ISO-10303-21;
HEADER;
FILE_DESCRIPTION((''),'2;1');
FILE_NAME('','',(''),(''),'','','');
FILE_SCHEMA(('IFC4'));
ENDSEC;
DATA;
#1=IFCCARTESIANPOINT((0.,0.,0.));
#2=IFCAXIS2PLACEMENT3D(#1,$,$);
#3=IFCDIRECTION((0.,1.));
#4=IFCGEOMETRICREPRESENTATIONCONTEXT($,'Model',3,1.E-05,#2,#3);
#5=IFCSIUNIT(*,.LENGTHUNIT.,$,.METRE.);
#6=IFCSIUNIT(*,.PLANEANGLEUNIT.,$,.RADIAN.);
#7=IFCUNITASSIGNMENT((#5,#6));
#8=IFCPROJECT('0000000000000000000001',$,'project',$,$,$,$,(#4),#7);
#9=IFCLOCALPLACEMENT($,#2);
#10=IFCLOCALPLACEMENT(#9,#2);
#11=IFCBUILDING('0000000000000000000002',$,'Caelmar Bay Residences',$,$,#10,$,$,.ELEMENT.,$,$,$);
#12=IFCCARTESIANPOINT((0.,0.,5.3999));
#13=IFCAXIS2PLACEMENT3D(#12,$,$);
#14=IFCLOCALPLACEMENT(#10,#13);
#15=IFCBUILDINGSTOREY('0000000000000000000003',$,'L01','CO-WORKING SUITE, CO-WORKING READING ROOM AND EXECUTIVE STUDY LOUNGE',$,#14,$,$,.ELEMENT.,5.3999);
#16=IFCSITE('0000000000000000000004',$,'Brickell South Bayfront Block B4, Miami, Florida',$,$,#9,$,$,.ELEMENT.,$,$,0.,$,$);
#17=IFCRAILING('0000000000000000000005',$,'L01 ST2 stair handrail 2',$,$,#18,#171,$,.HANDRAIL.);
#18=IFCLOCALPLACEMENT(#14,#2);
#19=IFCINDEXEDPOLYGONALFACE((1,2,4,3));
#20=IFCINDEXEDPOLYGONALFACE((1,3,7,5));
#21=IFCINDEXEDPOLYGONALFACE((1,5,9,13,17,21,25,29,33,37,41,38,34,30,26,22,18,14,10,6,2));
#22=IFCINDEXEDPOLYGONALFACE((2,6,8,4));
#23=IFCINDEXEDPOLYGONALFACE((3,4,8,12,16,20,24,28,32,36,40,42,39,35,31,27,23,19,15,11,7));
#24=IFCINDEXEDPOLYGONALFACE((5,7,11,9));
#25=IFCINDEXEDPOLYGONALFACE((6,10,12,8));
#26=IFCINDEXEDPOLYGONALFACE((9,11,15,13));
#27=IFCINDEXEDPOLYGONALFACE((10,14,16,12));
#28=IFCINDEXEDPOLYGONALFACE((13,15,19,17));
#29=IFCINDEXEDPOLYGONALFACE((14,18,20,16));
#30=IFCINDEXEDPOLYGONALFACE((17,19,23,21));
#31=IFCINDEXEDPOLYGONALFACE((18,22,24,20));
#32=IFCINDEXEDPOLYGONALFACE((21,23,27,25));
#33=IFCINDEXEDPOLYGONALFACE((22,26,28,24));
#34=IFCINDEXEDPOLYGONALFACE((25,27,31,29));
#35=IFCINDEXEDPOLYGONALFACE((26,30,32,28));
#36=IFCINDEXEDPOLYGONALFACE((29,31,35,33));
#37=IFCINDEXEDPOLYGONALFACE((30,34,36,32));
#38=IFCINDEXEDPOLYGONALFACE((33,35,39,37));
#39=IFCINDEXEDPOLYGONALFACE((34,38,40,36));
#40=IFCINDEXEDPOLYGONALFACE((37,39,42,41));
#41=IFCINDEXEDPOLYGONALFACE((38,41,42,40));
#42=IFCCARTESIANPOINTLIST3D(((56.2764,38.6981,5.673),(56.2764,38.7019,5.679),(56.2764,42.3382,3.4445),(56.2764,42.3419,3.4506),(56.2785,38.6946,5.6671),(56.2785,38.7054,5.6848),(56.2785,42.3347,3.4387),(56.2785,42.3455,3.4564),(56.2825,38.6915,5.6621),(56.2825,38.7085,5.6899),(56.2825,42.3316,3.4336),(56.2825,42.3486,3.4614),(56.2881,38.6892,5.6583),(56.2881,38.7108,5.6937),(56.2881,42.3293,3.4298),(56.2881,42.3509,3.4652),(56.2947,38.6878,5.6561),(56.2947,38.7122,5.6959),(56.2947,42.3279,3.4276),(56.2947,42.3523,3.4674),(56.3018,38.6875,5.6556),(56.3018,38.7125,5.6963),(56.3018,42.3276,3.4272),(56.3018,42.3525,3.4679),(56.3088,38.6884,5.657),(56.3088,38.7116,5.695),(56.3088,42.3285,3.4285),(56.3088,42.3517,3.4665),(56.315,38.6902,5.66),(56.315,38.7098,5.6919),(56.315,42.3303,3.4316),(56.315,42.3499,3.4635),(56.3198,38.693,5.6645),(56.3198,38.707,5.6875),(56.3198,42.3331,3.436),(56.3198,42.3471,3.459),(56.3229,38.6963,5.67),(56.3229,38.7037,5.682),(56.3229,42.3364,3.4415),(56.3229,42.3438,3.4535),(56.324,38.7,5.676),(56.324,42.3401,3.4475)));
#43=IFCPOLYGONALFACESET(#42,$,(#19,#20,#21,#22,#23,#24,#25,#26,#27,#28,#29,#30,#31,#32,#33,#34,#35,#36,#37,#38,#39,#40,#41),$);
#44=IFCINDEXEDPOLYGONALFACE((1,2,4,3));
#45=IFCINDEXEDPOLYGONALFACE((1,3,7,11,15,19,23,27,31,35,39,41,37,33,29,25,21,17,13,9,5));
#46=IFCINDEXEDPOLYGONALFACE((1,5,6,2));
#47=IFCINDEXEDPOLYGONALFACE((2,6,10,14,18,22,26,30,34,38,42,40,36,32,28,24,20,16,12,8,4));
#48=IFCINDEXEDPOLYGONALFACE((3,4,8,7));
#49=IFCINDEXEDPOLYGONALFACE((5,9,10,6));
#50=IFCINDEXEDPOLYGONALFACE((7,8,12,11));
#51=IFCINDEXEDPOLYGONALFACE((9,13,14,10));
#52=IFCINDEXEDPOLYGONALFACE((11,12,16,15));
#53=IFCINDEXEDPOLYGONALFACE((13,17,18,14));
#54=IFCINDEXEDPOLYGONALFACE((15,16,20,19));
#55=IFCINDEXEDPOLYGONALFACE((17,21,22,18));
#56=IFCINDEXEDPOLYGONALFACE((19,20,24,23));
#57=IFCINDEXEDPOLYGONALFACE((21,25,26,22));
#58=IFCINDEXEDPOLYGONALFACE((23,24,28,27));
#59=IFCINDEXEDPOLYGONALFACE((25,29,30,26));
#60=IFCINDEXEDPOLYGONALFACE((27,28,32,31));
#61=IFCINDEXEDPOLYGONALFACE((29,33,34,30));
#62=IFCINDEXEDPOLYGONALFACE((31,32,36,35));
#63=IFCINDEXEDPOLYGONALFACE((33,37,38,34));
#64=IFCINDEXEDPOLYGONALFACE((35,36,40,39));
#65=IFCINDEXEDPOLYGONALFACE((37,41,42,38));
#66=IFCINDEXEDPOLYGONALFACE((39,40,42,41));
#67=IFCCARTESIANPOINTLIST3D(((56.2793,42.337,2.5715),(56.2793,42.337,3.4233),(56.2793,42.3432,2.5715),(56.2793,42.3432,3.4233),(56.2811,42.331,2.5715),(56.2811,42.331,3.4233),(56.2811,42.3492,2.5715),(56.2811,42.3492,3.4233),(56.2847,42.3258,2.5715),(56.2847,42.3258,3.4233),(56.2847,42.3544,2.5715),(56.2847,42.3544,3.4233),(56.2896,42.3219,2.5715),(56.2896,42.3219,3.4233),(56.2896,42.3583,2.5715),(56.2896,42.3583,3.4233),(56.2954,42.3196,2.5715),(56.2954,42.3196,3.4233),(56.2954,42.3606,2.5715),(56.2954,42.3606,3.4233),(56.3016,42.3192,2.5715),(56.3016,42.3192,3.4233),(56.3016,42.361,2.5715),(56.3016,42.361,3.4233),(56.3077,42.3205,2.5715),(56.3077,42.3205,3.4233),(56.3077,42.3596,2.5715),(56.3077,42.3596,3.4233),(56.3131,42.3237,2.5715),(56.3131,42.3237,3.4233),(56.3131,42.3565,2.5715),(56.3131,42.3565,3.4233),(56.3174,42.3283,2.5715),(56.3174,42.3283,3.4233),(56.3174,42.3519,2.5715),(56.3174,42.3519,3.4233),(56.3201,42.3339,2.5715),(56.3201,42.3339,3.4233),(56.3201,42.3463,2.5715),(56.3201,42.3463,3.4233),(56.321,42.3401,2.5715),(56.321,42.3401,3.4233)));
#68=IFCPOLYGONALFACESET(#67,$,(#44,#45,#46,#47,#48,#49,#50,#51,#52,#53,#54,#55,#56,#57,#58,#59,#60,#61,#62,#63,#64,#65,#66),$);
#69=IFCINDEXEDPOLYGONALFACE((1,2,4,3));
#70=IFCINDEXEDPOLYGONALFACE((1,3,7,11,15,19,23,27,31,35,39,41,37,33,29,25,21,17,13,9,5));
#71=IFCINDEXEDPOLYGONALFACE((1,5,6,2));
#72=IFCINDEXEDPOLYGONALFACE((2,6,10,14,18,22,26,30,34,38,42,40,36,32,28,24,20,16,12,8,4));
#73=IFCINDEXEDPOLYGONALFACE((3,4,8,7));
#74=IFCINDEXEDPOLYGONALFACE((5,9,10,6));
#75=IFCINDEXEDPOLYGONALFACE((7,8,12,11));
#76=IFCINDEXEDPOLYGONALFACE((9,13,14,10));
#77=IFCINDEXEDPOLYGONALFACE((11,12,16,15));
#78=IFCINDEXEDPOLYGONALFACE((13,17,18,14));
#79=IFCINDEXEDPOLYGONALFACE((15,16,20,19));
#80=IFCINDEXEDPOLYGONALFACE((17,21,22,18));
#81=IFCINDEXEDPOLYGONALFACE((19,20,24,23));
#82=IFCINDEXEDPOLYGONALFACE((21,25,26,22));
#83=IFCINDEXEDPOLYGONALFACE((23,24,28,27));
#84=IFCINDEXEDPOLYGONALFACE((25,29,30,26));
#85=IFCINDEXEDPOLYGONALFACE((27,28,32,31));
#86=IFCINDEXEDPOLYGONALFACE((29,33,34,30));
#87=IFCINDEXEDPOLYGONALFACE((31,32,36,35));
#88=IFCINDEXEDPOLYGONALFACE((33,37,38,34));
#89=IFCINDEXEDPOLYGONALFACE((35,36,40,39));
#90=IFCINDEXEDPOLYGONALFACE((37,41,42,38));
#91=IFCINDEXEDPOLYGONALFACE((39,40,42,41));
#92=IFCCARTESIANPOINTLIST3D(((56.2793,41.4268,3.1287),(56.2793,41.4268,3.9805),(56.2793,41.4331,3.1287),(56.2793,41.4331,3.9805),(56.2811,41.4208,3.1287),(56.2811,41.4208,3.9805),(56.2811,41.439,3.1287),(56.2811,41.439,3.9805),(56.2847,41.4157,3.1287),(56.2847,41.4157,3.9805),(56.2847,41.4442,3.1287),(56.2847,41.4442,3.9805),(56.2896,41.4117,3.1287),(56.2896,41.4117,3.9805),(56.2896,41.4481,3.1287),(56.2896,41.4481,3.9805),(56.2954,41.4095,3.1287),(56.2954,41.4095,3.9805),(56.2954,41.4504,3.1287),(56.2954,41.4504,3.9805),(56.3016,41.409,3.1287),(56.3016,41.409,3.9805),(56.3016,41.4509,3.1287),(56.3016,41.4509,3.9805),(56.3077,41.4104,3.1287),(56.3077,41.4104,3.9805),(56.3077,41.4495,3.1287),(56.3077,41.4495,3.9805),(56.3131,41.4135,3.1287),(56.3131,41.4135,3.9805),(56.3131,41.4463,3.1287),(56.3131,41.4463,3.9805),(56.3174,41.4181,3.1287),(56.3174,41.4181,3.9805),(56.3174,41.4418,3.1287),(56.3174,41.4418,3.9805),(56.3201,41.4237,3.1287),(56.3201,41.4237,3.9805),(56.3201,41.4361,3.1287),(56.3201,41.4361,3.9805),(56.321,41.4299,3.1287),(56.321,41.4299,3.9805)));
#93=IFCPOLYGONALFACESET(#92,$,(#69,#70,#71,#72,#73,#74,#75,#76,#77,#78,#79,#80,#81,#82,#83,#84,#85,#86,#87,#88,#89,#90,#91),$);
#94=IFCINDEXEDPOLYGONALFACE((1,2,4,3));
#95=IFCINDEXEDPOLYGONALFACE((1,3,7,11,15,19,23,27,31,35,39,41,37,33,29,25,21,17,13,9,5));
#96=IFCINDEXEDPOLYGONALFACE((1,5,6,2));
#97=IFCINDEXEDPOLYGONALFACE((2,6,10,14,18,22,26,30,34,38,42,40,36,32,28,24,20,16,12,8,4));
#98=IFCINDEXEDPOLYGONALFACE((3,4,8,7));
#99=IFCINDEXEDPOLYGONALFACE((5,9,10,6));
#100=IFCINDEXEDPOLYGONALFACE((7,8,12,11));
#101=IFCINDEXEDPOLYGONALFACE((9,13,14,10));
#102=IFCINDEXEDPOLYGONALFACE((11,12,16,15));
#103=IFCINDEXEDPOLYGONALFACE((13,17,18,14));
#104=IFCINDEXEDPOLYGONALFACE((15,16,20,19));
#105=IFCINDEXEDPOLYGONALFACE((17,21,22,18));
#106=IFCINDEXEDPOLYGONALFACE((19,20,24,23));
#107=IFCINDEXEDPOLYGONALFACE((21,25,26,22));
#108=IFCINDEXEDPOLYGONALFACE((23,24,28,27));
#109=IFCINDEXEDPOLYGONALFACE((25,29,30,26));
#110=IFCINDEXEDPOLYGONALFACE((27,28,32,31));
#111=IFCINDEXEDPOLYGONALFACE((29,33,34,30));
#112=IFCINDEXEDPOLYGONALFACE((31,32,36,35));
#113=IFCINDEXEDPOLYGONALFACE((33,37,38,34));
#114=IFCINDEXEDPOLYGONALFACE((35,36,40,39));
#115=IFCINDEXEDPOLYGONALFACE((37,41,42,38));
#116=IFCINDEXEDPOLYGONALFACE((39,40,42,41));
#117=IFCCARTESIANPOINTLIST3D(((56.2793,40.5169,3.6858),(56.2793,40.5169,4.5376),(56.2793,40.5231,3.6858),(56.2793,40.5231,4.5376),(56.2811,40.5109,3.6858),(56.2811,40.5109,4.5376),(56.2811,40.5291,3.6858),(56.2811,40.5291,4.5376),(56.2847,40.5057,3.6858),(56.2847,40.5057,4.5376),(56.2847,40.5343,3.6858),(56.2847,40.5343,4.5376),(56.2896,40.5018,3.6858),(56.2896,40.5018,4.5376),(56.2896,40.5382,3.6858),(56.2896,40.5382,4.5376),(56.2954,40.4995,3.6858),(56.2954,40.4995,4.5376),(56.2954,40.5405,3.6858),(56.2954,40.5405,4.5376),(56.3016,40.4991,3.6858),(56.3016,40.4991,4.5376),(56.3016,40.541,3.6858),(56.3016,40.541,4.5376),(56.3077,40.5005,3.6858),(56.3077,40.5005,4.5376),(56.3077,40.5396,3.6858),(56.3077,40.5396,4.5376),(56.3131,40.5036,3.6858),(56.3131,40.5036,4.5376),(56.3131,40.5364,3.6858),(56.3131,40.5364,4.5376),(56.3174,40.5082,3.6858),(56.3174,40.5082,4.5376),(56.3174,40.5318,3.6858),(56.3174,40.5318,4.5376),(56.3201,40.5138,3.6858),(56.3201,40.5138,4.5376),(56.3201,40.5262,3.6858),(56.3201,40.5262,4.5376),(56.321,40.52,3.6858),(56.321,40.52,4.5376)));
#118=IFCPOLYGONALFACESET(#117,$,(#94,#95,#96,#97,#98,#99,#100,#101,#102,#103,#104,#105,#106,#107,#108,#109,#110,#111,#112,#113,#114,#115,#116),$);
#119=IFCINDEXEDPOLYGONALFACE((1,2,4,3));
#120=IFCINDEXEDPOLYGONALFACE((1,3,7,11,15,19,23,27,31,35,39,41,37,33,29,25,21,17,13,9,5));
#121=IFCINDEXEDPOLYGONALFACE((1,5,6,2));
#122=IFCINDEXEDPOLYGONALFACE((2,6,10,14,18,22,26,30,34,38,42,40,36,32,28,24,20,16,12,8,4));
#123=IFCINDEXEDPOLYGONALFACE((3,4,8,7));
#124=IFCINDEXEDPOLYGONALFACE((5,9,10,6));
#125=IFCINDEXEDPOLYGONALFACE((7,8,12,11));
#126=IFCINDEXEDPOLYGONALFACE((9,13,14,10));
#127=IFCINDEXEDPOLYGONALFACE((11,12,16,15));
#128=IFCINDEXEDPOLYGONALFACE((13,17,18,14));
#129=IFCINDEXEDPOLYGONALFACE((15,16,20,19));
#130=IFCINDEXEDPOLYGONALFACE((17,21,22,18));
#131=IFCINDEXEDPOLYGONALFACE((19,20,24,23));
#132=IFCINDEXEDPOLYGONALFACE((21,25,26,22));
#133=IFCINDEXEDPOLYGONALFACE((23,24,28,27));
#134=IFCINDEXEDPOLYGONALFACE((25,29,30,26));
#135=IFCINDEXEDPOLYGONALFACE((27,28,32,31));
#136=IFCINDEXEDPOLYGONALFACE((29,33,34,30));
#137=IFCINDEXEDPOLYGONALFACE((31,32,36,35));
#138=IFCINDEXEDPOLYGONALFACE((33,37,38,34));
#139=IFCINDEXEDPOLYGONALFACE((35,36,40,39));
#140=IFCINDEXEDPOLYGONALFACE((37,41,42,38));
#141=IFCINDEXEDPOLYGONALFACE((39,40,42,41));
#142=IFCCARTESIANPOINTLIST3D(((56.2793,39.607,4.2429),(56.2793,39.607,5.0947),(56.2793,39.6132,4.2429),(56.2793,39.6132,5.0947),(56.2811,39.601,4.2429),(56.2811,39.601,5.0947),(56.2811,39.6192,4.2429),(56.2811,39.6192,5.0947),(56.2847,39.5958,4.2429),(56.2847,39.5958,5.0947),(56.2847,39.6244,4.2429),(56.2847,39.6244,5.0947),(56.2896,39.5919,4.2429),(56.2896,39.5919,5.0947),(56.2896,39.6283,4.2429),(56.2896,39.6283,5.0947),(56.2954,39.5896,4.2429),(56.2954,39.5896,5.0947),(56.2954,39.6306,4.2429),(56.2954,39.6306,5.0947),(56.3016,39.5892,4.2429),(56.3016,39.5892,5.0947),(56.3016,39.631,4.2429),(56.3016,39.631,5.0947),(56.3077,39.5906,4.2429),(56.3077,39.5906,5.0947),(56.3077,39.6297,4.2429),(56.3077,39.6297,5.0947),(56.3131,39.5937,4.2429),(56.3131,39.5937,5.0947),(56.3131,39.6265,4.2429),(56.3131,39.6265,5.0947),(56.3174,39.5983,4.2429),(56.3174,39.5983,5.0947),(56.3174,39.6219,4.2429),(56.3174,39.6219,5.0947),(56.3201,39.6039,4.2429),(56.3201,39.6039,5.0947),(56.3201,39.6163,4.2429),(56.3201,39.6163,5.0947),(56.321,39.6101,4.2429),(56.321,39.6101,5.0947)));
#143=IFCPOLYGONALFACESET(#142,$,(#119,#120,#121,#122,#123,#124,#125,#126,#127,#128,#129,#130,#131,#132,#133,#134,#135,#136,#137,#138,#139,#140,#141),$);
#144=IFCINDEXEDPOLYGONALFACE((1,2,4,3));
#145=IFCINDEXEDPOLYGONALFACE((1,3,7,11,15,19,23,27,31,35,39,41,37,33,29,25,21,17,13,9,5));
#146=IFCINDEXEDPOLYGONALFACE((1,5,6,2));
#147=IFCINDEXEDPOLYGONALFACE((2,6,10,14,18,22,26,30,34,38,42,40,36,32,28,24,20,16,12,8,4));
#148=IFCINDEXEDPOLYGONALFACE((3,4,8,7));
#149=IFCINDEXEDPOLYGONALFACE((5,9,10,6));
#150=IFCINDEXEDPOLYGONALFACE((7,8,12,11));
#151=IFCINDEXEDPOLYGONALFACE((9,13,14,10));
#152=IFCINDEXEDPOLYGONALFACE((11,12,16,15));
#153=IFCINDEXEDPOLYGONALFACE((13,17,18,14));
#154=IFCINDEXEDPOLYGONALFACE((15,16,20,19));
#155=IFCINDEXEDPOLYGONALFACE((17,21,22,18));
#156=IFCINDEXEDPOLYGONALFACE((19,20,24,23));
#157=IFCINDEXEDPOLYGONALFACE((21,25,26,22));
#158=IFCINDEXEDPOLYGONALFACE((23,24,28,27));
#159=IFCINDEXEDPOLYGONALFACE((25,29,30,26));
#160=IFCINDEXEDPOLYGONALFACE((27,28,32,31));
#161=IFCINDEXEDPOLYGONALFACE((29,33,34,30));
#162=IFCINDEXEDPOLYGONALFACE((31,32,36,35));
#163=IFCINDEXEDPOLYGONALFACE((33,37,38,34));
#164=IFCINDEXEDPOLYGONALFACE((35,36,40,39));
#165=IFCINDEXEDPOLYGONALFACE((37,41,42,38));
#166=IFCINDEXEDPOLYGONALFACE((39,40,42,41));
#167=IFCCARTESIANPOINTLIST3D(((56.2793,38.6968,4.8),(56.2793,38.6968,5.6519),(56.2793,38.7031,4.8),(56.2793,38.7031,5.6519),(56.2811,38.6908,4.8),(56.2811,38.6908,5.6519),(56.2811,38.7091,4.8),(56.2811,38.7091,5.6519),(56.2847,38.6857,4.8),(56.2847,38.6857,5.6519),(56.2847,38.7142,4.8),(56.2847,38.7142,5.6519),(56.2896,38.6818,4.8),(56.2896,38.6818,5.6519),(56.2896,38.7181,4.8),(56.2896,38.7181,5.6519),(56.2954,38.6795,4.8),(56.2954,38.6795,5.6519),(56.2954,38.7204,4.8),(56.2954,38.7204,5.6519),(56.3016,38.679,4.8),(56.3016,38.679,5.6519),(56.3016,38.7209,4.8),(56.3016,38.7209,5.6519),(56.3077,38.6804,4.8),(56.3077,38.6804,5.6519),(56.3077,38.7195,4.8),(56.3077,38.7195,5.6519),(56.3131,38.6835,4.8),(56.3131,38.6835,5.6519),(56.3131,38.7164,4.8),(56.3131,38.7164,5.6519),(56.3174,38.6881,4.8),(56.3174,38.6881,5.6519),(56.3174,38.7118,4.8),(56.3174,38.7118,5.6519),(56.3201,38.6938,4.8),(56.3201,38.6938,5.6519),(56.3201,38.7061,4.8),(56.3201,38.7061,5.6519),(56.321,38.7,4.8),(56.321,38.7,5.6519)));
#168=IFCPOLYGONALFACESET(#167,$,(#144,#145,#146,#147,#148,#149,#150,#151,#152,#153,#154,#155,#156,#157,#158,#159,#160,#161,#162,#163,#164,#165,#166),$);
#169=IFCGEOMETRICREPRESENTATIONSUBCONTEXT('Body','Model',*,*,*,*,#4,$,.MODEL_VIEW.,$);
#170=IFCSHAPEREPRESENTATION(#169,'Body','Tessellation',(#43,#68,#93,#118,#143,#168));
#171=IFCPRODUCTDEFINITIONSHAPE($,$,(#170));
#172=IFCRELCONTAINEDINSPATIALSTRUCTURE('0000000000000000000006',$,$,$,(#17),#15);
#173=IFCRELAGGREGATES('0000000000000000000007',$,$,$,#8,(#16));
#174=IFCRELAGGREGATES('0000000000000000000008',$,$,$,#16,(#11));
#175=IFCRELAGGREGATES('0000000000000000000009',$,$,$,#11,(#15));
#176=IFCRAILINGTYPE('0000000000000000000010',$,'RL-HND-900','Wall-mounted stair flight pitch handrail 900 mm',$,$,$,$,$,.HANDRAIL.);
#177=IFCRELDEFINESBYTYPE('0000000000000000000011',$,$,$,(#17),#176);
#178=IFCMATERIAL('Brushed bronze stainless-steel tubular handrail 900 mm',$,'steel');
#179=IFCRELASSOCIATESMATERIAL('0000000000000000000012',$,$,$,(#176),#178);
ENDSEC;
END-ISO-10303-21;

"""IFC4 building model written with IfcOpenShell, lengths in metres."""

from ifc_helpers import new_model, si_unit, direction, frame, origin, origin_2d, place, context, subcontext, project, spatial, circle, extrude, material, type_object, element, save


model = new_model("IFC4")

# Units and contexts
model_context = context("Model", 3, precision=1e-05, world=origin(), true_north=direction((0.0, 1.0)))
body_context = subcontext(model_context, "Body", "Model", "MODEL_VIEW")
ifc_project = project(units=[si_unit("LENGTHUNIT", "METRE"), si_unit("PLANEANGLEUNIT", "RADIAN")], contexts=[model_context])

# Site, building, storey
site_placement = place(None, origin())
site = spatial("IfcSite", under=ifc_project, at=site_placement, Name="Brickell South Bayfront Block B4, Miami, Florida", CompositionType="ELEMENT", RefElevation=0.0)
building_placement = place(site_placement, origin())
building = spatial("IfcBuilding", under=site, at=building_placement, Name="Caelmar Bay Residences", CompositionType="ELEMENT")
storey_placement = place(building_placement, frame((0.0, 0.0, 5.3999)))
storey = spatial("IfcBuildingStorey", under=building, at=storey_placement, Name="L01", Description="CO-WORKING SUITE, CO-WORKING READING ROOM AND EXECUTIVE STUDY LOUNGE", CompositionType="ELEMENT", Elevation=5.3999)

# Railing
ifc_material_1 = material(Name="Brushed bronze stainless-steel tubular handrail 900 mm", Category="steel")
railing_type_1 = type_object("IfcRailingType", Name="RL-HND-900", Description="Wall-mounted stair flight pitch handrail 900 mm", PredefinedType="HANDRAIL", material=ifc_material_1)
railing_1_placement = place(storey_placement, frame((56.3, 42.3401, 2.5715)))
element("IfcRailing", 1, at=railing_1_placement, inside=storey, type_object=railing_type_1, Name="L01 ST2 stair handrail 2", PredefinedType="HANDRAIL", context=body_context, shape_type="SweptSolid", body=[
    extrude(circle(Radius=0.0239, at=origin_2d()), frame((0.0, 0.0, 0.876), z_axis=(0.0, -0.852866, 0.52213), x_axis=(1.0, 0.0, 0.0)), (0.0, 0.0, 1.0), 4.2681),
    extrude(circle(Radius=0.021, at=origin_2d()), origin(), (0.0, 0.0, 1.0), 0.8518),
    extrude(circle(Radius=0.021, at=origin_2d()), frame((0.0, -0.9102, 0.5571)), (0.0, 0.0, 1.0), 0.8518),
    extrude(circle(Radius=0.021, at=origin_2d()), frame((0.0, -1.8201, 1.1143)), (0.0, 0.0, 1.0), 0.8518),
    extrude(circle(Radius=0.021, at=origin_2d()), frame((0.0, -2.73, 1.6714)), (0.0, 0.0, 1.0), 0.8518),
    extrude(circle(Radius=0.021, at=origin_2d()), frame((0.0, -3.6401, 2.2285)), (0.0, 0.0, 1.0), 0.8518),
])

save(model, "model.ifc")
